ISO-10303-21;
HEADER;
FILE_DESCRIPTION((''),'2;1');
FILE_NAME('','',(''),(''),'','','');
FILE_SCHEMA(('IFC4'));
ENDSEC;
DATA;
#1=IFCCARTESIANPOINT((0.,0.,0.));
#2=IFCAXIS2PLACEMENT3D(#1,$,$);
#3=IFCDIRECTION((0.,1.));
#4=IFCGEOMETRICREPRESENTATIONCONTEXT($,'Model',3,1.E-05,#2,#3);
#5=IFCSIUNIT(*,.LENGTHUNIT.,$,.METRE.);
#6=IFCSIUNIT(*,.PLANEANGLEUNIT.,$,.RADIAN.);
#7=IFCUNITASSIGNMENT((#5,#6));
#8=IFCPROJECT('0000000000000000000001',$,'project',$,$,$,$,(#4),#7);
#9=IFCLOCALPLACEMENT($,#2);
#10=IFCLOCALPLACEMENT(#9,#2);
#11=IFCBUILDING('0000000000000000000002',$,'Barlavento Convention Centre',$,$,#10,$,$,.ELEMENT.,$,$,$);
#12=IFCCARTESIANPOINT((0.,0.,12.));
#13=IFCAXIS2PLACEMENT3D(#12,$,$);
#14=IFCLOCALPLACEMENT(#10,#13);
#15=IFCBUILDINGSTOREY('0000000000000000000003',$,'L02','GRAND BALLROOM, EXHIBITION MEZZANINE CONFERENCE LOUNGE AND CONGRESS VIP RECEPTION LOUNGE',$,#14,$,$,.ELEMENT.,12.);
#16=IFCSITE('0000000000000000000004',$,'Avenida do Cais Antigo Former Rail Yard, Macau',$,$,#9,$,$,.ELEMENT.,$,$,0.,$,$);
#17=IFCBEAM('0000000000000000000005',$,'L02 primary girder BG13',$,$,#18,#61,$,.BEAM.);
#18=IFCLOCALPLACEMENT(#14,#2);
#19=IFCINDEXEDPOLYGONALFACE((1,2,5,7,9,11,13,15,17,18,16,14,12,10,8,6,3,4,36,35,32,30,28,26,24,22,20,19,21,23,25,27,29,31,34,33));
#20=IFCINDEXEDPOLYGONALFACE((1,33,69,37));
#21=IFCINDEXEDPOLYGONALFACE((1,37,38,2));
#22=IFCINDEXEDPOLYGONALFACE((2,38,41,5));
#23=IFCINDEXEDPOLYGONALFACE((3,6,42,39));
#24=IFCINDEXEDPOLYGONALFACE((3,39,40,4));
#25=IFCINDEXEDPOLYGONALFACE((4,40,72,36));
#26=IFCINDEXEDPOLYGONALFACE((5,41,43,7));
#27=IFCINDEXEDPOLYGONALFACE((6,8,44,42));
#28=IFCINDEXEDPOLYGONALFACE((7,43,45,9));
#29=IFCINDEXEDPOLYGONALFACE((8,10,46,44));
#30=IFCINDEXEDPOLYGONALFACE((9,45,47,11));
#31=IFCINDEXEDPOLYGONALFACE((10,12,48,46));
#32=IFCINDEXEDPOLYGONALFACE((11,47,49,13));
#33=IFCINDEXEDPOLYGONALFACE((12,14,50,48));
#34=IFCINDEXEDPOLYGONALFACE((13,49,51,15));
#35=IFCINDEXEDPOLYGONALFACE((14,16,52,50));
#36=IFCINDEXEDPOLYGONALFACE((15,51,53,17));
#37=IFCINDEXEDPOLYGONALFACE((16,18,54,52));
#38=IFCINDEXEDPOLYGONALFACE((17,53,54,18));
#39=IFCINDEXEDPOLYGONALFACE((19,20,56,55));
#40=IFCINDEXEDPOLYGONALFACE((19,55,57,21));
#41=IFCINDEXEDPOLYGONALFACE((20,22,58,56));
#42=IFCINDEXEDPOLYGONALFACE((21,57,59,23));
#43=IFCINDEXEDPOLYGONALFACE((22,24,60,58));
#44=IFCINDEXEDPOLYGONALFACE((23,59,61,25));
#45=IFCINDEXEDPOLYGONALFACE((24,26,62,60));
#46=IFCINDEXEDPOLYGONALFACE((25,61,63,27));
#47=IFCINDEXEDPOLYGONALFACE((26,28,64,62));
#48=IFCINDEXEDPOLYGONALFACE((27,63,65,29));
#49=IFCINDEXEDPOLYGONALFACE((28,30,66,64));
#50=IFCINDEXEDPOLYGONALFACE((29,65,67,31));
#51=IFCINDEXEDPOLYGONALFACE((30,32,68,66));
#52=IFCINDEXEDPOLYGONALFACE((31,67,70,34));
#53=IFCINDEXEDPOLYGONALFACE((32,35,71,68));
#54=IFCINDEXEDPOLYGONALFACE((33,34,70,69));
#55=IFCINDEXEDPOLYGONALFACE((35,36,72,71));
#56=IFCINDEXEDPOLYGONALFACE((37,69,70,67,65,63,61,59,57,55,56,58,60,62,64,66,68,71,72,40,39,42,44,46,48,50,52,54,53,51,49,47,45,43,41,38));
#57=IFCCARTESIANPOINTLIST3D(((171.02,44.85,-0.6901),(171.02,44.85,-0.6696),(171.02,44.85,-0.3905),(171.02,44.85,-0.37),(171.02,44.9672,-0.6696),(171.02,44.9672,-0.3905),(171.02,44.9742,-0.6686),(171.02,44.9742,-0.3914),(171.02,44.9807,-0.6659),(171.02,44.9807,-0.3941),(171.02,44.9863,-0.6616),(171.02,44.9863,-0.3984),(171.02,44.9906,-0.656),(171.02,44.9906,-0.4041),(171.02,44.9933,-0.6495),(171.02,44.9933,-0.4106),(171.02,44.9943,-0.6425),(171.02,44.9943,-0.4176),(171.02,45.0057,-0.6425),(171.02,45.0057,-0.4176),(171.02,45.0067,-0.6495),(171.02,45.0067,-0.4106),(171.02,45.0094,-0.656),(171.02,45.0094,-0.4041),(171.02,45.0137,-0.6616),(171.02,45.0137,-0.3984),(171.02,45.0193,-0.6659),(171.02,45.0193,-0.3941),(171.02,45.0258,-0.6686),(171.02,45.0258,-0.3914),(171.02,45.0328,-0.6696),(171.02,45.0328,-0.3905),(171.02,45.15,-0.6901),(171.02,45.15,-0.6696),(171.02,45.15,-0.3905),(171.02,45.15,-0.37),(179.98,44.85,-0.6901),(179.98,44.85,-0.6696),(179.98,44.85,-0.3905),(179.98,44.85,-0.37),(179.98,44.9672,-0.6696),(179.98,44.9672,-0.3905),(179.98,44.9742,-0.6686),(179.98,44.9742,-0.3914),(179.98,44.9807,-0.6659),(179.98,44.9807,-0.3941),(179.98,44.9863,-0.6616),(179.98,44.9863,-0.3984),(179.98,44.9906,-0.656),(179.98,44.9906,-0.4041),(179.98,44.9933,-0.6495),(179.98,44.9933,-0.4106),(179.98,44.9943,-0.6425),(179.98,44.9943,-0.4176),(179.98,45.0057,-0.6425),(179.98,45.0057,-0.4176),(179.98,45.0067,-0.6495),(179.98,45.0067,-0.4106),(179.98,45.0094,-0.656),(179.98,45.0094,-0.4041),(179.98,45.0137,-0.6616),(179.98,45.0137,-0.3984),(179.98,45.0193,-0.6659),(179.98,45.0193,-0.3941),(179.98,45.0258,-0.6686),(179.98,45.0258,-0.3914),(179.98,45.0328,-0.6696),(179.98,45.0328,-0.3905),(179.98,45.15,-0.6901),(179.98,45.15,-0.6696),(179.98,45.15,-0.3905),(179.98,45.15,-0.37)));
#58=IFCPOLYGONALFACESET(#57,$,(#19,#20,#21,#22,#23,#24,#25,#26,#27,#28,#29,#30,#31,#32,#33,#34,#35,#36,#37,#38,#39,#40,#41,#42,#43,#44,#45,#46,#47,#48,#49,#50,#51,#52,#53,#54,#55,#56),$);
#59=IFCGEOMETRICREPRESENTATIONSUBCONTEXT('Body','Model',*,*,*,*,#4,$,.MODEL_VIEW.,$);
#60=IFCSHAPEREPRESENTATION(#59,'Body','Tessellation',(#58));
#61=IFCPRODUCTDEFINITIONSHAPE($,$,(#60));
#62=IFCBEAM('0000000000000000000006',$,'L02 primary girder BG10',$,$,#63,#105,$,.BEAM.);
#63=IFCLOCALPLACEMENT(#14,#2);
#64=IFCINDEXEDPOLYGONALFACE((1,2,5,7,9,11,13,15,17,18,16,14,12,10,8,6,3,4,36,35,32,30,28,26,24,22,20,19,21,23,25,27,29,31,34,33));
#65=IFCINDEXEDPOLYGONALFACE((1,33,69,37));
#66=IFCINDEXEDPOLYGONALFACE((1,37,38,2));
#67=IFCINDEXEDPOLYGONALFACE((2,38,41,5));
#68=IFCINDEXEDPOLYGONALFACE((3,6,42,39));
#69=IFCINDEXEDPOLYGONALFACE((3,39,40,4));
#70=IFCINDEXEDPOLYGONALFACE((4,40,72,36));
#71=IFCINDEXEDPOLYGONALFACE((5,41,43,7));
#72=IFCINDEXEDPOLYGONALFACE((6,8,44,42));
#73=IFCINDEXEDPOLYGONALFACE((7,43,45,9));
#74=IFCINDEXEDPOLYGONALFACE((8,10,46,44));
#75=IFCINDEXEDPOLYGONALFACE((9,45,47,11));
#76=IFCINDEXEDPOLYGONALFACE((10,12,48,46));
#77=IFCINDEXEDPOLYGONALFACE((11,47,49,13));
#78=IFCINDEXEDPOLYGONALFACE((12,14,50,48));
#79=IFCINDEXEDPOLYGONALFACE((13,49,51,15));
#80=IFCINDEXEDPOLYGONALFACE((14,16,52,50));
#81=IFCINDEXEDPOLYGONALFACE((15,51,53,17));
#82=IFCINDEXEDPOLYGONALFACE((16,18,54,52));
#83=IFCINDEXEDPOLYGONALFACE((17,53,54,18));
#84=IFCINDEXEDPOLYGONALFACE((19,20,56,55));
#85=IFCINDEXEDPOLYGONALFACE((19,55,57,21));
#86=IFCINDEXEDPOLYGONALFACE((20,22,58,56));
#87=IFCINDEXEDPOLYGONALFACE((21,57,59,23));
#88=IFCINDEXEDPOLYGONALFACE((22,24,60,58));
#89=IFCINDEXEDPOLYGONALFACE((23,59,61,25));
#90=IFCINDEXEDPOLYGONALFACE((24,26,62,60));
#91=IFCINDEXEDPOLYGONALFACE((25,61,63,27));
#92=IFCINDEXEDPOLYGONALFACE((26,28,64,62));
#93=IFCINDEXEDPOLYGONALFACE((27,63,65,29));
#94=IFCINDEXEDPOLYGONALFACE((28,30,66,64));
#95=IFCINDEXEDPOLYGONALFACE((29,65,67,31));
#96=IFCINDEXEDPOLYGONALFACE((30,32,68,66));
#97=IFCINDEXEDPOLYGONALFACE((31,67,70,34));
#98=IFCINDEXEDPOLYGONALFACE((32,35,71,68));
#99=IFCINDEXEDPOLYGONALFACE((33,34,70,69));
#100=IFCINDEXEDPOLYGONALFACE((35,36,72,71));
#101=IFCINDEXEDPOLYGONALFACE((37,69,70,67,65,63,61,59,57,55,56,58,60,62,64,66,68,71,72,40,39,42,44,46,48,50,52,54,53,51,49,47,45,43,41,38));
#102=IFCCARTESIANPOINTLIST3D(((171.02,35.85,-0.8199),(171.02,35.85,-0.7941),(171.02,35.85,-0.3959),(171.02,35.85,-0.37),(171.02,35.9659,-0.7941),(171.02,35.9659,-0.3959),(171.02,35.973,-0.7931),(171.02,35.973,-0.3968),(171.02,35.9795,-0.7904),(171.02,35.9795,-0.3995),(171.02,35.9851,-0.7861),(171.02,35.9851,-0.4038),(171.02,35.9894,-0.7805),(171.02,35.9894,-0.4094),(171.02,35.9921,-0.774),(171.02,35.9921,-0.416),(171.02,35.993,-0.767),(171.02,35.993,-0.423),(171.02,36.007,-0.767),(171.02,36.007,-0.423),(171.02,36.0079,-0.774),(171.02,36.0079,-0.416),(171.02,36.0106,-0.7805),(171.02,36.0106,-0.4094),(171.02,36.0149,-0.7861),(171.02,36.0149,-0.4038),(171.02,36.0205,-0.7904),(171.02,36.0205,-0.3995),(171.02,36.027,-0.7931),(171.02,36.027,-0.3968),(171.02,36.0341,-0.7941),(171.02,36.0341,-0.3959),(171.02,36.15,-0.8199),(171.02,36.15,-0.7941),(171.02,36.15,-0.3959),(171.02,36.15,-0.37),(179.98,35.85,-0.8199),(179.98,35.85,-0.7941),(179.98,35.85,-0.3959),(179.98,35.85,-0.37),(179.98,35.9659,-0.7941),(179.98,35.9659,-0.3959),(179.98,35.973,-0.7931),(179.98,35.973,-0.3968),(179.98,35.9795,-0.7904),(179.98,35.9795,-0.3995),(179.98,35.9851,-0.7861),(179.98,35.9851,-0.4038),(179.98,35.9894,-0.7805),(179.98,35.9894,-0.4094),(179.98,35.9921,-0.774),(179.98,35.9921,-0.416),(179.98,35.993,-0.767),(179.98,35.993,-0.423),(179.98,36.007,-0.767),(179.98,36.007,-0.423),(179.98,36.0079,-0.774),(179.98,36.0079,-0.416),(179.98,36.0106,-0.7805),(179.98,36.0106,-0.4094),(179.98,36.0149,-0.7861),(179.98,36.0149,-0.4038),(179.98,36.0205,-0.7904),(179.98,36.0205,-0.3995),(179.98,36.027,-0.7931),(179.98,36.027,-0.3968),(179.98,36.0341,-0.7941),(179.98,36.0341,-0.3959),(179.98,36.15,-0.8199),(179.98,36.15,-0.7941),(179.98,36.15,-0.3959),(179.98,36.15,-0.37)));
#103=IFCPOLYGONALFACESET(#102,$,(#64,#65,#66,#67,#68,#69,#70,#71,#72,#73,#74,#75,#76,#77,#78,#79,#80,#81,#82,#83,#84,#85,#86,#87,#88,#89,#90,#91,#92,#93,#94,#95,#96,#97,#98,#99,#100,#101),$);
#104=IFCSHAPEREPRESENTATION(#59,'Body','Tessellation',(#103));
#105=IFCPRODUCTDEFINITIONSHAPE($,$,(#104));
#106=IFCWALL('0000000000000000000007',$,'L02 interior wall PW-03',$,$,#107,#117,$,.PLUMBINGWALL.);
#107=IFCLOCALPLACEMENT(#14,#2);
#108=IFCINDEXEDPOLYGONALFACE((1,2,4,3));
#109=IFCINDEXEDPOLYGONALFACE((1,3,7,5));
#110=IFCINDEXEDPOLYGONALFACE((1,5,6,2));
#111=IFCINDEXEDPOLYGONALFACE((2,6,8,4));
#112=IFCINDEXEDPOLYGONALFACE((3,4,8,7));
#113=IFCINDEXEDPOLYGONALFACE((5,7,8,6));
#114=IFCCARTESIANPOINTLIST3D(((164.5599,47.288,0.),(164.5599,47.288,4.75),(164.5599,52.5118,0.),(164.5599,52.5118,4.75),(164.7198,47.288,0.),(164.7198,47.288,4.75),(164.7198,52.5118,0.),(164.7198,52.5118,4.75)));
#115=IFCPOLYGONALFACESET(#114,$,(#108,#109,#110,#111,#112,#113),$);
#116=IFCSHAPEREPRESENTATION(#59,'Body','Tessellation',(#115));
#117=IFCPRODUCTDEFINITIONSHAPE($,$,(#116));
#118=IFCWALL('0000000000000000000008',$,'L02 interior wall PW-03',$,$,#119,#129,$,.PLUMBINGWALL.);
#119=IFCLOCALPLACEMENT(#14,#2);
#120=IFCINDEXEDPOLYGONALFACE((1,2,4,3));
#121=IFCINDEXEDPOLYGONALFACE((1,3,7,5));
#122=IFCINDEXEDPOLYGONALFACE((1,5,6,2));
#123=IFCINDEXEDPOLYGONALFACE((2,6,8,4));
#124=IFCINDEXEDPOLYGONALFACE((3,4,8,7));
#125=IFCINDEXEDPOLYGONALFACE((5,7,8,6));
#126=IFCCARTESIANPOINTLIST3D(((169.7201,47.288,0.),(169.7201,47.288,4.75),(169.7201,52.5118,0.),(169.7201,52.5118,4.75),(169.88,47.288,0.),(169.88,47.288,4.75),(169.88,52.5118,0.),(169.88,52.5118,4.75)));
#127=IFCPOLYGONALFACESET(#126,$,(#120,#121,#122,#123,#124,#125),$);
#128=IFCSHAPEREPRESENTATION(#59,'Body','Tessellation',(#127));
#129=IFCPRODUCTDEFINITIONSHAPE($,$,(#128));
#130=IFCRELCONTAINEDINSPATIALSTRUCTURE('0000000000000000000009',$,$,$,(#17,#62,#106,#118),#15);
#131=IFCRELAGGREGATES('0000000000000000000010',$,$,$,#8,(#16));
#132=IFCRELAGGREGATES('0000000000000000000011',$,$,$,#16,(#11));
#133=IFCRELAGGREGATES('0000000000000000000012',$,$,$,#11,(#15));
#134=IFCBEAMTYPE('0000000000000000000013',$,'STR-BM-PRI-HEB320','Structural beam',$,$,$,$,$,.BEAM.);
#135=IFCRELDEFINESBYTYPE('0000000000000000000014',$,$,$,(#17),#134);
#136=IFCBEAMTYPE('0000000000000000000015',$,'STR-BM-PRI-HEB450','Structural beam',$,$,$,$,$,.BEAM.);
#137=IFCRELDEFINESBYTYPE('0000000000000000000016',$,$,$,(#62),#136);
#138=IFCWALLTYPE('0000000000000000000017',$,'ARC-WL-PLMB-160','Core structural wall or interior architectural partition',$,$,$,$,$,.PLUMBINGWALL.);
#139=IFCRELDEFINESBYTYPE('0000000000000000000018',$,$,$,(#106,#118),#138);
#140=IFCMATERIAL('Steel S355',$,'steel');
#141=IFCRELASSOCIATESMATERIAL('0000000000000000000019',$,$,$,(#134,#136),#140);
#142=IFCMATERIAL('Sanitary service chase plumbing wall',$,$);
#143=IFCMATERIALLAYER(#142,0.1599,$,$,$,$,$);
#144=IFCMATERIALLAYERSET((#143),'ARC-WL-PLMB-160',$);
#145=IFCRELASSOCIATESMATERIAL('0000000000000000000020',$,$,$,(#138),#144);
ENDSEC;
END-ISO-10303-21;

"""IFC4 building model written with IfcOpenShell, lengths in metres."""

from ifc_helpers import new_model, si_unit, direction, frame, frame_2d, origin, origin_2d, place, context, subcontext, project, spatial, rectangle, i_section, extrude, material, layer, layer_set, material_profile, profile_set, type_object, element, save


model = new_model("IFC4")

# Units and contexts
model_context = context("Model", 3, precision=1e-05, world=origin(), true_north=direction((0.0, 1.0)))
body_context = subcontext(model_context, "Body", "Model", "MODEL_VIEW")
ifc_project = project(units=[si_unit("LENGTHUNIT", "METRE"), si_unit("PLANEANGLEUNIT", "RADIAN")], contexts=[model_context])

# Site, building, storey
site_placement = place(None, origin())
site = spatial("IfcSite", under=ifc_project, at=site_placement, Name="Avenida do Cais Antigo Former Rail Yard, Macau", CompositionType="ELEMENT", RefElevation=0.0)
building_placement = place(site_placement, origin())
building = spatial("IfcBuilding", under=site, at=building_placement, Name="Barlavento Convention Centre", CompositionType="ELEMENT")
storey_placement = place(building_placement, frame((0.0, 0.0, 12.0)))
storey = spatial("IfcBuildingStorey", under=building, at=storey_placement, Name="L02", Description="GRAND BALLROOM, EXHIBITION MEZZANINE CONFERENCE LOUNGE AND CONGRESS VIP RECEPTION LOUNGE", CompositionType="ELEMENT", Elevation=12.0)

# Shared definitions
ifc_material_1 = material(Name="Steel S355", Category="steel")

# Beams
ifc_material_profile_1 = material_profile(ifc_material_1, i_section(OverallWidth=0.3, OverallDepth=0.3201, WebThickness=0.0115, FlangeThickness=0.0205, FilletRadius=0.0271, at=origin_2d()), Name="HEB 320")
ifc_profile_set_1 = profile_set([ifc_material_profile_1], Name="Steel S355")
beam_type_1 = type_object("IfcBeamType", Name="STR-BM-PRI-HEB320", Description="Structural beam", PredefinedType="BEAM", material=ifc_profile_set_1)
beam_1_placement = place(storey_placement, frame((171.02, 45.0, -0.53), z_axis=(1.0, 0.0, 0.0), x_axis=(0.0, 1.0, 0.0)))
element("IfcBeam", 1, at=beam_1_placement, inside=storey, type_object=beam_type_1, Name="L02 primary girder BG13", PredefinedType="BEAM", context=body_context, shape_type="SweptSolid", body=[
    extrude(i_section(OverallWidth=0.3, OverallDepth=0.3201, WebThickness=0.0115, FlangeThickness=0.0205, FilletRadius=0.0271, at=origin_2d()), origin(), (0.0, 0.0, 1.0), 8.96),
])
ifc_material_profile_2 = material_profile(ifc_material_1, i_section(OverallWidth=0.3, OverallDepth=0.45, WebThickness=0.0139, FlangeThickness=0.0259, FilletRadius=0.0271, at=origin_2d()), Name="HEB 450")
ifc_profile_set_2 = profile_set([ifc_material_profile_2], Name="Steel S355")
beam_type_2 = type_object("IfcBeamType", Name="STR-BM-PRI-HEB450", Description="Structural beam", PredefinedType="BEAM", material=ifc_profile_set_2)
beam_2_placement = place(storey_placement, frame((171.02, 36.0, -0.595), z_axis=(1.0, 0.0, 0.0), x_axis=(0.0, 1.0, 0.0)))
element("IfcBeam", 2, at=beam_2_placement, inside=storey, type_object=beam_type_2, Name="L02 primary girder BG10", PredefinedType="BEAM", context=body_context, shape_type="SweptSolid", body=[
    extrude(i_section(OverallWidth=0.3, OverallDepth=0.45, WebThickness=0.0139, FlangeThickness=0.0259, FilletRadius=0.0271, at=origin_2d()), origin(), (0.0, 0.0, 1.0), 8.96),
])

# Walls
ifc_material_2 = material(Name="Sanitary service chase plumbing wall")
ifc_layer = layer(ifc_material_2, 0.1599)
ifc_layer_set = layer_set([ifc_layer], Name="ARC-WL-PLMB-160")
wall_type = type_object("IfcWallType", Name="ARC-WL-PLMB-160", Description="Core structural wall or interior architectural partition", PredefinedType="PLUMBINGWALL", material=ifc_layer_set)
for number, where, z_axis, x_axis, name in (
    (3, (164.6399, 47.2881, 0.0), (0.0, 0.0, 1.0), (0.0, 1.0, 0.0), "L02 interior wall PW-03"),
    (4, (169.8, 47.2881, 0.0), (0.0, 0.0, 1.0), (0.0, 1.0, 0.0), "L02 interior wall PW-03"),
):
    element("IfcWall", number, at=place(storey_placement, frame(where, z_axis=z_axis, x_axis=x_axis)), inside=storey, type_object=wall_type, Name=name, PredefinedType="PLUMBINGWALL", context=body_context, shape_type="SweptSolid", body=[
        extrude(rectangle(XDim=5.2239, YDim=0.1599, at=frame_2d((2.6118, 0.0))), origin(), (0.0, 0.0, 1.0), 4.75),
    ])

save(model, "model.ifc")
